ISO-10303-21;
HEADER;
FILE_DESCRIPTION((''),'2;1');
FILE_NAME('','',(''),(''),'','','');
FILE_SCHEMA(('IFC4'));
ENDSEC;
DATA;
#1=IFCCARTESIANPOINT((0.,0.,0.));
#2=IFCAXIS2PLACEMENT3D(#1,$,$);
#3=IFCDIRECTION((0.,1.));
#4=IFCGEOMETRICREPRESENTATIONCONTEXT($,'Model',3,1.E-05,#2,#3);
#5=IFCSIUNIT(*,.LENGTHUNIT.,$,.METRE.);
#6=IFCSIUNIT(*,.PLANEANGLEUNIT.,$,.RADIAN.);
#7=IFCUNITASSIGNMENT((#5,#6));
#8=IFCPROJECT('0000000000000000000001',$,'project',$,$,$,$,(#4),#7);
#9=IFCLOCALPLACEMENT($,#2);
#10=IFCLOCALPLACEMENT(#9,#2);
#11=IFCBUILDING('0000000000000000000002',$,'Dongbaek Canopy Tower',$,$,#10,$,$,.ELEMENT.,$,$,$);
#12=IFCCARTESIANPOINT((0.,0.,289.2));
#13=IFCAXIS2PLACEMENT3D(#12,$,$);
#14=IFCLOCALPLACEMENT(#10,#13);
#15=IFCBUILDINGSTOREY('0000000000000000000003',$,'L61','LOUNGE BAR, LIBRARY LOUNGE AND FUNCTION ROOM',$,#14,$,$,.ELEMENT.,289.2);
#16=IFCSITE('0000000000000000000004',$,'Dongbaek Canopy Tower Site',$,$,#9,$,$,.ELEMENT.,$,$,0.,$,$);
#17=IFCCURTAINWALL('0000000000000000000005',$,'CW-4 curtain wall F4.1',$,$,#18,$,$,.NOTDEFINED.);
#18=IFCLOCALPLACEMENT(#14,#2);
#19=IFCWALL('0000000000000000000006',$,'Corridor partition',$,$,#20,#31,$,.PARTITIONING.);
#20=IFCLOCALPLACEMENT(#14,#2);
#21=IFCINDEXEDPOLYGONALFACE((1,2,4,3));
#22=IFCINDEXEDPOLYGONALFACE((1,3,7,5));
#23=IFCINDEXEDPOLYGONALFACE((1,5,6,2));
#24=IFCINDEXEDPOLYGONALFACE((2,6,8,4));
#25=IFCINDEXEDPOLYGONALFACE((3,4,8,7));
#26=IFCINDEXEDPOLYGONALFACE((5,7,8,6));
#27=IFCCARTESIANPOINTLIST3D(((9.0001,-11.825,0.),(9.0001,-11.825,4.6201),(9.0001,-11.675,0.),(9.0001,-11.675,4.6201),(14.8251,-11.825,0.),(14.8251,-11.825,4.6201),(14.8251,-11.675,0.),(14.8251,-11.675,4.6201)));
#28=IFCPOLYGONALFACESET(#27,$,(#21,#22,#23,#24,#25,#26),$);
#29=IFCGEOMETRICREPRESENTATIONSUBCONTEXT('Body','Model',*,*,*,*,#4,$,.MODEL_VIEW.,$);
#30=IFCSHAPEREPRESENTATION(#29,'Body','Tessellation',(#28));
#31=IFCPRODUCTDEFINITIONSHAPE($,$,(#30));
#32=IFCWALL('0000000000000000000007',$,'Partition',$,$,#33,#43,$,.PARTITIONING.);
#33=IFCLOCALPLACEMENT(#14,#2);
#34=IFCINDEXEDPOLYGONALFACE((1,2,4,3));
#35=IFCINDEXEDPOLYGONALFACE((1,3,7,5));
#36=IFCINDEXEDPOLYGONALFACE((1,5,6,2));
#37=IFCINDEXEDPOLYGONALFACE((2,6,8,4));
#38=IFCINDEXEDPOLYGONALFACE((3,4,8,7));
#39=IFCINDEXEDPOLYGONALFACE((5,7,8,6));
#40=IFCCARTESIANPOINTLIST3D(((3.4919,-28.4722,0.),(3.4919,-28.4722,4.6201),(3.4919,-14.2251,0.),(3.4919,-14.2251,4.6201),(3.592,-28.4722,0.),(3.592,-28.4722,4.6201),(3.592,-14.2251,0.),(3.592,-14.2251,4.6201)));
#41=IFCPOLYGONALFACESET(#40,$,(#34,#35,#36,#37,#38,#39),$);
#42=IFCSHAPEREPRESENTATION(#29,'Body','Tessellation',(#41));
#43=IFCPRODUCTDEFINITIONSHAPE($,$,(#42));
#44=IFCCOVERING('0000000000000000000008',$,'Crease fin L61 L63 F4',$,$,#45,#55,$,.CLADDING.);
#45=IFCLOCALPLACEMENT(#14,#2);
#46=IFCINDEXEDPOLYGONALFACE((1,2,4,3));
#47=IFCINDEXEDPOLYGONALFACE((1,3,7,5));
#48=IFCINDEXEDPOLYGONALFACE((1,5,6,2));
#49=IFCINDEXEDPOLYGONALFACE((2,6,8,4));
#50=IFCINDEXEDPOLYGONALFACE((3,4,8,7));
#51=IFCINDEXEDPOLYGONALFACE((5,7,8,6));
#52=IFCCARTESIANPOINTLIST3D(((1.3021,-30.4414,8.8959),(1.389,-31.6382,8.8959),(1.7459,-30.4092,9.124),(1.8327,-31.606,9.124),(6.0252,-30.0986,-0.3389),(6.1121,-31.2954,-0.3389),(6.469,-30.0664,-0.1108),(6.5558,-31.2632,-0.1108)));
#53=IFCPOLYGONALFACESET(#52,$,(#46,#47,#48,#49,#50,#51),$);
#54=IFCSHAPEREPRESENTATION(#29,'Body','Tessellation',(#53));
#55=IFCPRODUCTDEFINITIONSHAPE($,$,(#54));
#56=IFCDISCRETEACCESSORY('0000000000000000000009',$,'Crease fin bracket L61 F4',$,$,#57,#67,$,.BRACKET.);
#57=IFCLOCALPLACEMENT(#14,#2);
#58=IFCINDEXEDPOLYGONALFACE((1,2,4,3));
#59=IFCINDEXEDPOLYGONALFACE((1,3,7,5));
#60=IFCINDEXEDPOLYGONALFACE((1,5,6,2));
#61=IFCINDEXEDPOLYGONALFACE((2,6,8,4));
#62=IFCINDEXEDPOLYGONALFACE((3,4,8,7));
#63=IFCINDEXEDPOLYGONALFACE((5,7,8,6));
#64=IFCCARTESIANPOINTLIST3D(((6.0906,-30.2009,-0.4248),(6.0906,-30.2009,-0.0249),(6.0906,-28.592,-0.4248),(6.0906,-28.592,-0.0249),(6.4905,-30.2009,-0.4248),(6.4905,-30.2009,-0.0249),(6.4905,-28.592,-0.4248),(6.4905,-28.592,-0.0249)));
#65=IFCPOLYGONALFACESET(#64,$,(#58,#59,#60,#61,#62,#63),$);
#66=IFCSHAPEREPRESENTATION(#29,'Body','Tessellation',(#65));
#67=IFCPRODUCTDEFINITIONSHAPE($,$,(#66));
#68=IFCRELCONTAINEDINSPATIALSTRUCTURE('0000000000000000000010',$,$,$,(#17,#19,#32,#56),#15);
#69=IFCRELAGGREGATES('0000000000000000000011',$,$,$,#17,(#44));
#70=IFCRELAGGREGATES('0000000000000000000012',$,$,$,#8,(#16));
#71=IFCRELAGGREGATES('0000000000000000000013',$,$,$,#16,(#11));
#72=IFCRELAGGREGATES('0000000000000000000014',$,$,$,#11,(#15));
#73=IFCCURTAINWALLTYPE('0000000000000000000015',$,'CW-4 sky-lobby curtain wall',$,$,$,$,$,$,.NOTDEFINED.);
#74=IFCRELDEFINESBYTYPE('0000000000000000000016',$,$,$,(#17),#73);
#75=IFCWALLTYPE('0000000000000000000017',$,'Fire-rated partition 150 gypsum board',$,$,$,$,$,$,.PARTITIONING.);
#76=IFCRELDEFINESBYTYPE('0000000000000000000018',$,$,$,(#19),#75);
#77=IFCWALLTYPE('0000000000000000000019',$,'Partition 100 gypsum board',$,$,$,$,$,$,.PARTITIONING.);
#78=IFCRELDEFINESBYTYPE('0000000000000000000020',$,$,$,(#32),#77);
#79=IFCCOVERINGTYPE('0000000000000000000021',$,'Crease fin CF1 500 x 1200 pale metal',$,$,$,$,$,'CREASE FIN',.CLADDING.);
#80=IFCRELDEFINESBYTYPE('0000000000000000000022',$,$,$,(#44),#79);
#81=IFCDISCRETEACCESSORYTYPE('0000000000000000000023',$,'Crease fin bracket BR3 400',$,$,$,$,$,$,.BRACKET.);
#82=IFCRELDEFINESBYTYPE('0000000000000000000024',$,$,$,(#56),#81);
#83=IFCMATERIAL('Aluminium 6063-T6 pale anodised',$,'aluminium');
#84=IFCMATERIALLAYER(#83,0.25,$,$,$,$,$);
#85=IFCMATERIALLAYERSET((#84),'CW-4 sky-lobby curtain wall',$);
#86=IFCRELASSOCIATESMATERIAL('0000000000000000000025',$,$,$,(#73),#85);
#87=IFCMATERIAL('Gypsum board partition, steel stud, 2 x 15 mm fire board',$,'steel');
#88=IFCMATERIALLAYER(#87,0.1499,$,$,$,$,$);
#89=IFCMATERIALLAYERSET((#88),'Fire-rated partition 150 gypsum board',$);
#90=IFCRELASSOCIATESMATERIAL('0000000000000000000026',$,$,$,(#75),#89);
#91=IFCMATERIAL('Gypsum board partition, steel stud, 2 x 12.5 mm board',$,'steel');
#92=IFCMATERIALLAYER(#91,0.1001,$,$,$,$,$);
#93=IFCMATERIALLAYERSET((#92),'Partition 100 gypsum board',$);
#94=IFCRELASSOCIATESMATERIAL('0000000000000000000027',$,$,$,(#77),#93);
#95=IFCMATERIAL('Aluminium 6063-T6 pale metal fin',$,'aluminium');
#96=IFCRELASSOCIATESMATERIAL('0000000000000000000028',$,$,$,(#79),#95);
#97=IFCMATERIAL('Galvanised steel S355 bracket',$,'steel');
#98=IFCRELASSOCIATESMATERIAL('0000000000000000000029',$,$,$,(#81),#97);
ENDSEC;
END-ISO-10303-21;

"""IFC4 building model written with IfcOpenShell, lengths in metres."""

from ifc_helpers import new_model, si_unit, direction, frame, frame_2d, origin, origin_2d, place, context, subcontext, project, spatial, rectangle, extrude, material, layer, layer_set, material_profile, profile_set, type_object, element, aggregate, save


model = new_model("IFC4")

# Units and contexts
model_context = context("Model", 3, precision=1e-05, world=origin(), true_north=direction((0.0, 1.0)))
body_context = subcontext(model_context, "Body", "Model", "MODEL_VIEW")
ifc_project = project(units=[si_unit("LENGTHUNIT", "METRE"), si_unit("PLANEANGLEUNIT", "RADIAN")], contexts=[model_context])

# Site, building, storey
site_placement = place(None, origin())
site = spatial("IfcSite", under=ifc_project, at=site_placement, Name="Dongbaek Canopy Tower Site", CompositionType="ELEMENT", RefElevation=0.0)
building_placement = place(site_placement, origin())
building = spatial("IfcBuilding", under=site, at=building_placement, Name="Dongbaek Canopy Tower", CompositionType="ELEMENT")
storey_placement = place(building_placement, frame((0.0, 0.0, 289.2)))
storey = spatial("IfcBuildingStorey", under=building, at=storey_placement, Name="L61", Description="LOUNGE BAR, LIBRARY LOUNGE AND FUNCTION ROOM", CompositionType="ELEMENT", Elevation=289.2)

# Curtain wall
ifc_material_1 = material(Name="Aluminium 6063-T6 pale anodised", Category="aluminium")
ifc_layer_1 = layer(ifc_material_1, 0.25)
ifc_layer_set_1 = layer_set([ifc_layer_1], Name="CW-4 sky-lobby curtain wall")
curtain_wall_type = type_object("IfcCurtainWallType", Name="CW-4 sky-lobby curtain wall", PredefinedType="NOTDEFINED", material=ifc_layer_set_1)
curtain_wall_1_placement = place(storey_placement, origin())
curtain_wall_1 = element("IfcCurtainWall", 1, at=curtain_wall_1_placement, inside=storey, type_object=curtain_wall_type, Name="CW-4 curtain wall F4.1", PredefinedType="NOTDEFINED")

# Walls
ifc_material_2 = material(Name="Gypsum board partition, steel stud, 2 x 15 mm fire board", Category="steel")
ifc_layer_2 = layer(ifc_material_2, 0.1499)
ifc_layer_set_2 = layer_set([ifc_layer_2], Name="Fire-rated partition 150 gypsum board")
wall_type_1 = type_object("IfcWallType", Name="Fire-rated partition 150 gypsum board", PredefinedType="PARTITIONING", material=ifc_layer_set_2)
wall_1_placement = place(storey_placement, frame((9.0, -11.75, 0.0), z_axis=(0.0, 0.0, 1.0), x_axis=(1.0, 0.0, 0.0)))
element("IfcWall", 2, at=wall_1_placement, inside=storey, type_object=wall_type_1, Name="Corridor partition", PredefinedType="PARTITIONING", context=body_context, shape_type="SweptSolid", body=[
    extrude(rectangle(XDim=5.825, YDim=0.1499, at=frame_2d((2.9126, 0.0))), origin(), (0.0, 0.0, 1.0), 4.6201),
])
ifc_material_3 = material(Name="Gypsum board partition, steel stud, 2 x 12.5 mm board", Category="steel")
ifc_layer_3 = layer(ifc_material_3, 0.1001)
ifc_layer_set_3 = layer_set([ifc_layer_3], Name="Partition 100 gypsum board")
wall_type_2 = type_object("IfcWallType", Name="Partition 100 gypsum board", PredefinedType="PARTITIONING", material=ifc_layer_set_3)
wall_2_placement = place(storey_placement, frame((3.542, -28.4722, 0.0), z_axis=(0.0, 0.0, 1.0), x_axis=(0.0, 1.0, 0.0)))
element("IfcWall", 3, at=wall_2_placement, inside=storey, type_object=wall_type_2, Name="Partition", PredefinedType="PARTITIONING", context=body_context, shape_type="SweptSolid", body=[
    extrude(rectangle(XDim=14.2471, YDim=0.1001, at=frame_2d((7.1235, 0.0))), origin(), (0.0, 0.0, 1.0), 4.6201),
])

# Covering
ifc_material_4 = material(Name="Aluminium 6063-T6 pale metal fin", Category="aluminium")
ifc_material_profile_1 = material_profile(ifc_material_4, rectangle(XDim=1.2, YDim=0.5, at=origin_2d()), Name="Crease fin CF1 500 x 1200 pale metal")
ifc_profile_set_1 = profile_set([ifc_material_profile_1], Name="Aluminium 6063-T6 pale metal fin")
covering_type = type_object("IfcCoveringType", Name="Crease fin CF1 500 x 1200 pale metal", ElementType="CREASE FIN", PredefinedType="CLADDING", material=ifc_profile_set_1)
covering_placement = place(storey_placement, frame((6.2905, -30.6809, -0.2249), z_axis=(-0.4551, -0.033028, 0.889828), x_axis=(0.072383, -0.997377, 0.0)))
covering = element("IfcCovering", 4, at=covering_placement, type_object=covering_type, Name="Crease fin L61 L63 F4", PredefinedType="CLADDING", context=body_context, shape_type="SweptSolid", body=[
    extrude(rectangle(XDim=1.2, YDim=0.5, at=origin_2d()), origin(), (0.0, 0.0, 1.0), 10.3782),
])
aggregate(curtain_wall_1, [covering])

# Discrete accessory
ifc_material_5 = material(Name="Galvanised steel S355 bracket", Category="steel")
discrete_accessory_type = type_object("IfcDiscreteAccessoryType", Name="Crease fin bracket BR3 400", PredefinedType="BRACKET", material=ifc_material_5)
discrete_accessory_placement = place(storey_placement, frame((6.2905, -29.3965, -0.4248), z_axis=(0.0, 0.0, 1.0), x_axis=(0.000023, -1.0, 0.0)))
element("IfcDiscreteAccessory", 5, at=discrete_accessory_placement, inside=storey, type_object=discrete_accessory_type, Name="Crease fin bracket L61 F4", PredefinedType="BRACKET", context=body_context, shape_type="SweptSolid", body=[
    extrude(rectangle(XDim=1.6089, YDim=0.3999, at=origin_2d()), origin(), (0.0, 0.0, 1.0), 0.3999),
])

save(model, "model.ifc")
